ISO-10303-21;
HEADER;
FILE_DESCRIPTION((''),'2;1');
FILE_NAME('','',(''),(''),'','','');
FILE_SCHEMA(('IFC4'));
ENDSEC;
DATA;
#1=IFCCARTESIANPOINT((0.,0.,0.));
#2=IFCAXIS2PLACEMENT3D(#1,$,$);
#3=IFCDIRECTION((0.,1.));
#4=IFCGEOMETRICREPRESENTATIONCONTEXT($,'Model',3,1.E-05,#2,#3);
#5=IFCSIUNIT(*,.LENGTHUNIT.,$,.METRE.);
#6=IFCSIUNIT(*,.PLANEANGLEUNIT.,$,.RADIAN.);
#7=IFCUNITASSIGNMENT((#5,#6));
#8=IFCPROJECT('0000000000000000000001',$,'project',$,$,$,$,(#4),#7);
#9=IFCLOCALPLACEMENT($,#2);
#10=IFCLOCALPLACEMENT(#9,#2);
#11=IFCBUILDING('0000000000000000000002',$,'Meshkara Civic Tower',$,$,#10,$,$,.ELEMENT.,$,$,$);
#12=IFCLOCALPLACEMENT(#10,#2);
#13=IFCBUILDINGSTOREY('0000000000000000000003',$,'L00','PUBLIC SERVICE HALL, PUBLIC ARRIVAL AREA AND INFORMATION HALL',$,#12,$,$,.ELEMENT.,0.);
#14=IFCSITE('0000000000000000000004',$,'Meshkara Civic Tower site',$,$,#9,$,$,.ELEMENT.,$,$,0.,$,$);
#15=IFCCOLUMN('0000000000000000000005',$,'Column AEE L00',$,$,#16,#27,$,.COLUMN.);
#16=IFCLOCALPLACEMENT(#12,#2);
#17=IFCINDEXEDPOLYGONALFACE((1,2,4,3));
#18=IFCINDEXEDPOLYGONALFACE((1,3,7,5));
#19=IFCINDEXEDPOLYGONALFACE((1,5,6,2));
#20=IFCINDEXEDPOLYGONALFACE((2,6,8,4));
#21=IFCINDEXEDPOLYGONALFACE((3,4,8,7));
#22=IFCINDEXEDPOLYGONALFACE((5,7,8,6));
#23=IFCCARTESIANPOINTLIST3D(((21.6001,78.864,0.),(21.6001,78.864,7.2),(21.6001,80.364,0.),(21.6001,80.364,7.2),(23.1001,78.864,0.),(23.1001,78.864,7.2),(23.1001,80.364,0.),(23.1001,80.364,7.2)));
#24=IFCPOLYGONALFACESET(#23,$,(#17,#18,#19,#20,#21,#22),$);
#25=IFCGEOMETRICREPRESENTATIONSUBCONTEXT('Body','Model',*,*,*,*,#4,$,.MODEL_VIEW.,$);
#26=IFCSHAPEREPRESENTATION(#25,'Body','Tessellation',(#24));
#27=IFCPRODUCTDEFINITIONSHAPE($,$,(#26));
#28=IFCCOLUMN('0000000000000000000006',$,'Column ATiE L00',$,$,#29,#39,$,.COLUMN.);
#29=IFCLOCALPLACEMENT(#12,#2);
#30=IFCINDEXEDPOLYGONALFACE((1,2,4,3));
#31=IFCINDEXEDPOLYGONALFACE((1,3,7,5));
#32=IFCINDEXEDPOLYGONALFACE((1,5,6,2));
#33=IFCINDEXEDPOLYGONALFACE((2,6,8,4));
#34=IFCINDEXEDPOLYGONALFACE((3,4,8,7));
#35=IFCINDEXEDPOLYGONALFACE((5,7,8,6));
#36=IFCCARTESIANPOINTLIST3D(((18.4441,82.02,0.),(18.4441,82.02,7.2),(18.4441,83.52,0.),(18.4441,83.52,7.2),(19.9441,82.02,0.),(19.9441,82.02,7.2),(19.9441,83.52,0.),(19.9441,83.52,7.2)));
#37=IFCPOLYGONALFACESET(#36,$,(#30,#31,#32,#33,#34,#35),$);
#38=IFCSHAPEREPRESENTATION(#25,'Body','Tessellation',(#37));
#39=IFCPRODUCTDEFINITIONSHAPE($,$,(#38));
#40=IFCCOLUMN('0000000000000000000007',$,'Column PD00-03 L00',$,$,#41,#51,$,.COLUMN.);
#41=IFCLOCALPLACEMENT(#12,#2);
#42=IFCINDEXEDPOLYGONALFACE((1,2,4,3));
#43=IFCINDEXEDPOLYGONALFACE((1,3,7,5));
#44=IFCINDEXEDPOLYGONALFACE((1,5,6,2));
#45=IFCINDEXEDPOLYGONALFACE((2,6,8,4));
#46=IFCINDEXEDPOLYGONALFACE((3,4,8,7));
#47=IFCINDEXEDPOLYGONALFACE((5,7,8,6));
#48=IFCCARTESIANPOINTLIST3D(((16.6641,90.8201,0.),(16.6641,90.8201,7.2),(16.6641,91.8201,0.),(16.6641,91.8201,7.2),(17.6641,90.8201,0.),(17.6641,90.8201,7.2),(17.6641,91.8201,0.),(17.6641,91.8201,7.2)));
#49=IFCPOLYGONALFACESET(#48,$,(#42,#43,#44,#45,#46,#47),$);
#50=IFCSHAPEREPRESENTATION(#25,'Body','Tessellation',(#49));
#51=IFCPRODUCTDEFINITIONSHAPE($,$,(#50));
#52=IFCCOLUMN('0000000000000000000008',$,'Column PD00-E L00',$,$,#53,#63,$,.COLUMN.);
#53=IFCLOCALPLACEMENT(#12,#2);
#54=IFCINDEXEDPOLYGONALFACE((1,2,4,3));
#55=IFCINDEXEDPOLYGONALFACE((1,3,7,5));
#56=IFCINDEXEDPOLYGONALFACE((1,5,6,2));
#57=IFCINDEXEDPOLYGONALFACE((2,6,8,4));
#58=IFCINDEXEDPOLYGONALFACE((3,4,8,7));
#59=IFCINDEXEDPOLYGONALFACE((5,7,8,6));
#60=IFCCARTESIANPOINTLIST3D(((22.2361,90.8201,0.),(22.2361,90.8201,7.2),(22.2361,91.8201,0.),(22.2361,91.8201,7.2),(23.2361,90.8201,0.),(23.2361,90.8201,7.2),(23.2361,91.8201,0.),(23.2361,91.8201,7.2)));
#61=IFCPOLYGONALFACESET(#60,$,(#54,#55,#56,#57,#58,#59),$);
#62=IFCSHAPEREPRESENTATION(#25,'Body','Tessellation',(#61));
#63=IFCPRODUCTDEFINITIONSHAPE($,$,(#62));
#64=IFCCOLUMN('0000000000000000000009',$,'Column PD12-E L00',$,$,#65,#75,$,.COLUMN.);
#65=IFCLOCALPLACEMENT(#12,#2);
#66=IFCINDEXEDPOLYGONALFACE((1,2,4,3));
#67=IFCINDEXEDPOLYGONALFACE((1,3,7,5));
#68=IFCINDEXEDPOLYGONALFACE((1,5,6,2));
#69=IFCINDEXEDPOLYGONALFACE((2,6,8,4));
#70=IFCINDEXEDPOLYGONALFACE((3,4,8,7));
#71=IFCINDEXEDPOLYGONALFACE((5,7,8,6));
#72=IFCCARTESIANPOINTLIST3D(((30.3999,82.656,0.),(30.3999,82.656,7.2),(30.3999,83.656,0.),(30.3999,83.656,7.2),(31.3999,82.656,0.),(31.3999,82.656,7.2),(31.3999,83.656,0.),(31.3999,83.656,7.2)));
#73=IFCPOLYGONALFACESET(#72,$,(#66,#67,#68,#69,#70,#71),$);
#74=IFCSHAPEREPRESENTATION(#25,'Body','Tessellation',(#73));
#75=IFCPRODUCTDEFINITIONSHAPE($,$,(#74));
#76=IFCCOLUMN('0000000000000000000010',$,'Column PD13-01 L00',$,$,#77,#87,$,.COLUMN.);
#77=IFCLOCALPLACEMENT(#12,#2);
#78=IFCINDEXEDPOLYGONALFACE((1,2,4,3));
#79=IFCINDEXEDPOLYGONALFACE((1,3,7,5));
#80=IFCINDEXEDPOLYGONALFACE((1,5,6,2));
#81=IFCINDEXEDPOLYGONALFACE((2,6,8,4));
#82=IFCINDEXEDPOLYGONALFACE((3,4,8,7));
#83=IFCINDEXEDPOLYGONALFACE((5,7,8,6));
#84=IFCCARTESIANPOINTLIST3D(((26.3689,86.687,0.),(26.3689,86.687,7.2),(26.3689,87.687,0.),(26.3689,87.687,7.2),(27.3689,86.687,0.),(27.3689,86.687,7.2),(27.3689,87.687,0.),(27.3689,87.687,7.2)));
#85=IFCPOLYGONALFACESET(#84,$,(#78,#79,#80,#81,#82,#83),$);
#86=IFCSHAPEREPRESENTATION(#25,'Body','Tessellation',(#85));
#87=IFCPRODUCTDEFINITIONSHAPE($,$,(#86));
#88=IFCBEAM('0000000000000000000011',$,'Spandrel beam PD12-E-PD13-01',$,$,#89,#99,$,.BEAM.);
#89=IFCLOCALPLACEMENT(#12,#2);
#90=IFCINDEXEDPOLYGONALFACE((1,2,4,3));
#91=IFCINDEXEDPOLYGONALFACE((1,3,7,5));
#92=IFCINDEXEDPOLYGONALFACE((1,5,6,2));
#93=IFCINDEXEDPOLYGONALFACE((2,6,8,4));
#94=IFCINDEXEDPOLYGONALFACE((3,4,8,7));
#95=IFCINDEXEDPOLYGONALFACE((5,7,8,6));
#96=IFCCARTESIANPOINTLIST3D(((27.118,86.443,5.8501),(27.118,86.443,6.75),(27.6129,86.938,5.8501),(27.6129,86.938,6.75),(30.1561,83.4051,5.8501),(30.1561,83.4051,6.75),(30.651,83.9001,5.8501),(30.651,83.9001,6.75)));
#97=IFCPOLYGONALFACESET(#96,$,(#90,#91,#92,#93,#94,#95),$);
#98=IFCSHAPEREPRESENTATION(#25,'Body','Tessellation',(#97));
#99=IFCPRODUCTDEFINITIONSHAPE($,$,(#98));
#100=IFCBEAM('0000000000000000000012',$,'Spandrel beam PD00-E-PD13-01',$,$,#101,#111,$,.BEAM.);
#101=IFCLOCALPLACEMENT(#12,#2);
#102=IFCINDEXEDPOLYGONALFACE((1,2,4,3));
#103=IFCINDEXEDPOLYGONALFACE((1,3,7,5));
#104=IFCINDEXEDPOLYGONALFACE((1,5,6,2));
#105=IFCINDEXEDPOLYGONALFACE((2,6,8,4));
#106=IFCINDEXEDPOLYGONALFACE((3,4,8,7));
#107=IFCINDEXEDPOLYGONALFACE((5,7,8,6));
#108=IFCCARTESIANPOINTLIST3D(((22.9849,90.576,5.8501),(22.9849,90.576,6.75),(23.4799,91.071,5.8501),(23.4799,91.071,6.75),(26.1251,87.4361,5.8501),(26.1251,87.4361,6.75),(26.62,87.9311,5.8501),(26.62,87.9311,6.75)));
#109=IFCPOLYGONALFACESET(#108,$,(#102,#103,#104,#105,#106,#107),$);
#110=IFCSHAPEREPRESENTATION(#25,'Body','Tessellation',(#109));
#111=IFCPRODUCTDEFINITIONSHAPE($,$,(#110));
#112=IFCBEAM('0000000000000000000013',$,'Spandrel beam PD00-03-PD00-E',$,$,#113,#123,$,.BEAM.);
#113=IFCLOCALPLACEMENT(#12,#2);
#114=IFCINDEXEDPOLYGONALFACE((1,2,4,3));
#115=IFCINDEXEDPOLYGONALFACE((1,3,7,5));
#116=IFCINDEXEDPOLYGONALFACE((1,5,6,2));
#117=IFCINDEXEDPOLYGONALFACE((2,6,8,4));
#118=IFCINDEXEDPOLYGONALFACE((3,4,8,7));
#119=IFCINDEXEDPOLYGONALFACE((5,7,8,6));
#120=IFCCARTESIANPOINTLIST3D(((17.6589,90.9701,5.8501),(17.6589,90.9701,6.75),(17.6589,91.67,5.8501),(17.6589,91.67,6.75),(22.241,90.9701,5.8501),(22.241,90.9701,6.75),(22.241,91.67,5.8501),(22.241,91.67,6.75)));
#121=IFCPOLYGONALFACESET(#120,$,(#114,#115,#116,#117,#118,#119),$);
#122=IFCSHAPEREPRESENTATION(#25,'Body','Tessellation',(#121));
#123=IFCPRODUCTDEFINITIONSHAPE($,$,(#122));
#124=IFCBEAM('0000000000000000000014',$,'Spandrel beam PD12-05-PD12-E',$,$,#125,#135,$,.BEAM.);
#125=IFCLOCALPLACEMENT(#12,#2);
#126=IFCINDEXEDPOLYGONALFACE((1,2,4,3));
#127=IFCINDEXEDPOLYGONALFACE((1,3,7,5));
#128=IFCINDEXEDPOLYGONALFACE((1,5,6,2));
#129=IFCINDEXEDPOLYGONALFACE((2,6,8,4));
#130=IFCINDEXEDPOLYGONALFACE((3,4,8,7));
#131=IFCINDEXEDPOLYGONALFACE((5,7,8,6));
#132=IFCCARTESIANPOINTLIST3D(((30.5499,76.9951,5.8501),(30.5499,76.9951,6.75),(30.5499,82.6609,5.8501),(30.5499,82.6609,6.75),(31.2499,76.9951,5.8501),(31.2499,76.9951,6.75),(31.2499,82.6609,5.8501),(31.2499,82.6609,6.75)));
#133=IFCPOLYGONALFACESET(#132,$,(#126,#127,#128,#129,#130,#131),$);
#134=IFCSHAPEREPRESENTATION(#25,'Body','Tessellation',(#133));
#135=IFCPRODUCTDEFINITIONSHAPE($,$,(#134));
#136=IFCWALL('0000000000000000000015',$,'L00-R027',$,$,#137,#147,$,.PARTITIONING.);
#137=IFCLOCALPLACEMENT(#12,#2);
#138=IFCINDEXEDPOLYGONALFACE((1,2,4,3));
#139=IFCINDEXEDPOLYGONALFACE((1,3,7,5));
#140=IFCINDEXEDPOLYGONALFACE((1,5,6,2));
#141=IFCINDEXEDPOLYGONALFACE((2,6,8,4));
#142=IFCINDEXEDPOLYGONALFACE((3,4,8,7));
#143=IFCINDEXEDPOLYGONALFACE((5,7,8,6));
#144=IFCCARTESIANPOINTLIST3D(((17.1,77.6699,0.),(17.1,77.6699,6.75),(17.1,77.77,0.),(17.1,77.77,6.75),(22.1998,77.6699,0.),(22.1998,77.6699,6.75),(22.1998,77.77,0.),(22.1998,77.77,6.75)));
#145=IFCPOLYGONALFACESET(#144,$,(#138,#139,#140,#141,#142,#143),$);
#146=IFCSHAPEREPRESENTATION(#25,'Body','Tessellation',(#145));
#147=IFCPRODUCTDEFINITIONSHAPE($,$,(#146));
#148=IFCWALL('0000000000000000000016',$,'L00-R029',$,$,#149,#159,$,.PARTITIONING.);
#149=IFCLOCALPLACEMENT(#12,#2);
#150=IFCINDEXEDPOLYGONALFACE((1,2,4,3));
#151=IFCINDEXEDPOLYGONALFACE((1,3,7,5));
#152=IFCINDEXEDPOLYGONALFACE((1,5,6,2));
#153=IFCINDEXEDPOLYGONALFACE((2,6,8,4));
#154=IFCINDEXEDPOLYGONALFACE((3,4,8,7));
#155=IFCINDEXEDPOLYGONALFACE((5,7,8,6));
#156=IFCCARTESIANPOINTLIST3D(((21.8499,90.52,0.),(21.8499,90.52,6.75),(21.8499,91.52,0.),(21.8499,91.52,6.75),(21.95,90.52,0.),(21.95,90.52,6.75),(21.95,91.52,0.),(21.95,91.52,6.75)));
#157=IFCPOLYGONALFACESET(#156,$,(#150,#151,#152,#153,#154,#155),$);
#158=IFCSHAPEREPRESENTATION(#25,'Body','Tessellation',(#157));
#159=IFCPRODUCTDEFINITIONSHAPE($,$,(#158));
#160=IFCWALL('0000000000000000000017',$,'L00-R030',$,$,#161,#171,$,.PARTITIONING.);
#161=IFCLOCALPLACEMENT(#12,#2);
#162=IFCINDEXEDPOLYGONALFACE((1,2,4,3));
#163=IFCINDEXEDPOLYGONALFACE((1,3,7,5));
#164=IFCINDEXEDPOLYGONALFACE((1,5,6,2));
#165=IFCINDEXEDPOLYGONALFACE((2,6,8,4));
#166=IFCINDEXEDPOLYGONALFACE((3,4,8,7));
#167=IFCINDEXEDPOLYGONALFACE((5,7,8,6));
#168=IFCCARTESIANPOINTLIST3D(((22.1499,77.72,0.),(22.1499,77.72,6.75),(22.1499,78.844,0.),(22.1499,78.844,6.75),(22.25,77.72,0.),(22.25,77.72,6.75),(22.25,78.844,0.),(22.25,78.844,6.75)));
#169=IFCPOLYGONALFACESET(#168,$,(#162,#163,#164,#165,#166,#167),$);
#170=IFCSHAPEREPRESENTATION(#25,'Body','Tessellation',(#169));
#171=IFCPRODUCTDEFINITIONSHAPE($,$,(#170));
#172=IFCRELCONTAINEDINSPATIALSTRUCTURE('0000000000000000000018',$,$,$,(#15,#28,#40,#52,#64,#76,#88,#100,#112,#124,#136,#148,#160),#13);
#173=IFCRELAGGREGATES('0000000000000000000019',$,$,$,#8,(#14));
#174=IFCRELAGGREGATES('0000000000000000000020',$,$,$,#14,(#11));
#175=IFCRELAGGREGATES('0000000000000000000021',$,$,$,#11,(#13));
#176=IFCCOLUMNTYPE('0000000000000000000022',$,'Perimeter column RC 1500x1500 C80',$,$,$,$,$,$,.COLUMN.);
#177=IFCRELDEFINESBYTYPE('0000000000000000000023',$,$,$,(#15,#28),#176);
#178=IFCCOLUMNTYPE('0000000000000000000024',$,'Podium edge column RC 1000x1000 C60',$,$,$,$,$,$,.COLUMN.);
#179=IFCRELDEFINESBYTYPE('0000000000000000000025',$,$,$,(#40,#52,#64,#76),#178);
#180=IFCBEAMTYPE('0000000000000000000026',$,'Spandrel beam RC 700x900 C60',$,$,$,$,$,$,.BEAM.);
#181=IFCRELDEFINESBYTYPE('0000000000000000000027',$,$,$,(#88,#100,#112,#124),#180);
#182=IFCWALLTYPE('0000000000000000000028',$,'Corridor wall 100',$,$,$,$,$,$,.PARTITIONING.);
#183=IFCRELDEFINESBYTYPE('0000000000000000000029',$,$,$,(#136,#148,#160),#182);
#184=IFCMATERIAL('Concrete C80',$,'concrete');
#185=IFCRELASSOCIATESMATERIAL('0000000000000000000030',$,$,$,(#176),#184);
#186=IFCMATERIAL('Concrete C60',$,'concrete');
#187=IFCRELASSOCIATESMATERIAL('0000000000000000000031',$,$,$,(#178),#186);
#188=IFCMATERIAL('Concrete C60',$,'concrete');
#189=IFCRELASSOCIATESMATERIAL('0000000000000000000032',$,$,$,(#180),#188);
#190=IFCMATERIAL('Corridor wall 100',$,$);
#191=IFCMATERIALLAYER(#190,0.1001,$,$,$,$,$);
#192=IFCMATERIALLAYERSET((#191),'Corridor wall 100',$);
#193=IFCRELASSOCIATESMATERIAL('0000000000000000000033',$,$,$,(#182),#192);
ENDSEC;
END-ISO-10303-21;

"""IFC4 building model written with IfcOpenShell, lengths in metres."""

from ifc_helpers import new_model, si_unit, direction, frame, frame_2d, origin, origin_2d, place, context, subcontext, project, spatial, rectangle, extrude, material, layer, layer_set, material_profile, profile_set, type_object, element, save


model = new_model("IFC4")

# Units and contexts
model_context = context("Model", 3, precision=1e-05, world=origin(), true_north=direction((0.0, 1.0)))
body_context = subcontext(model_context, "Body", "Model", "MODEL_VIEW")
ifc_project = project(units=[si_unit("LENGTHUNIT", "METRE"), si_unit("PLANEANGLEUNIT", "RADIAN")], contexts=[model_context])

# Site, building, storey
site_placement = place(None, origin())
site = spatial("IfcSite", under=ifc_project, at=site_placement, Name="Meshkara Civic Tower site", CompositionType="ELEMENT", RefElevation=0.0)
building_placement = place(site_placement, origin())
building = spatial("IfcBuilding", under=site, at=building_placement, Name="Meshkara Civic Tower", CompositionType="ELEMENT")
storey_placement = place(building_placement, origin())
storey = spatial("IfcBuildingStorey", under=building, at=storey_placement, Name="L00", Description="PUBLIC SERVICE HALL, PUBLIC ARRIVAL AREA AND INFORMATION HALL", CompositionType="ELEMENT", Elevation=0.0)

# Columns
ifc_material_1 = material(Name="Concrete C80", Category="concrete")
ifc_material_profile_1 = material_profile(ifc_material_1, rectangle(XDim=1.5, YDim=1.5, at=origin_2d()))
ifc_profile_set_1 = profile_set([ifc_material_profile_1], Name="Concrete C80")
column_type_1 = type_object("IfcColumnType", Name="Perimeter column RC 1500x1500 C80", PredefinedType="COLUMN", material=ifc_profile_set_1)
for number, where, z_axis, x_axis, name in (
    (1, (22.3501, 79.614, 0.0), (0.0, 0.0, 1.0), (1.0, 0.0, 0.0), "Column AEE L00"),
    (2, (19.1941, 82.77, 0.0), (0.0, 0.0, 1.0), (1.0, 0.0, 0.0), "Column ATiE L00"),
):
    element("IfcColumn", number, at=place(storey_placement, frame(where, z_axis=z_axis, x_axis=x_axis)), inside=storey, type_object=column_type_1, Name=name, PredefinedType="COLUMN", context=body_context, shape_type="SweptSolid", body=[
        extrude(rectangle(XDim=1.5, YDim=1.5, at=origin_2d()), origin(), (0.0, 0.0, 1.0), 7.2),
    ])
ifc_material_2 = material(Name="Concrete C60", Category="concrete")
ifc_material_profile_2 = material_profile(ifc_material_2, rectangle(XDim=1.0, YDim=1.0, at=origin_2d()))
ifc_profile_set_2 = profile_set([ifc_material_profile_2], Name="Concrete C60")
column_type_2 = type_object("IfcColumnType", Name="Podium edge column RC 1000x1000 C60", PredefinedType="COLUMN", material=ifc_profile_set_2)
for number, where, z_axis, x_axis, name in (
    (3, (17.1641, 91.3201, 0.0), (0.0, 0.0, 1.0), (1.0, 0.0, 0.0), "Column PD00-03 L00"),
    (4, (22.7361, 91.3201, 0.0), (0.0, 0.0, 1.0), (1.0, 0.0, 0.0), "Column PD00-E L00"),
    (5, (30.8999, 83.156, 0.0), (0.0, 0.0, 1.0), (1.0, 0.0, 0.0), "Column PD12-E L00"),
    (6, (26.8689, 87.187, 0.0), (0.0, 0.0, 1.0), (1.0, 0.0, 0.0), "Column PD13-01 L00"),
):
    element("IfcColumn", number, at=place(storey_placement, frame(where, z_axis=z_axis, x_axis=x_axis)), inside=storey, type_object=column_type_2, Name=name, PredefinedType="COLUMN", context=body_context, shape_type="SweptSolid", body=[
        extrude(rectangle(XDim=1.0, YDim=1.0, at=origin_2d()), origin(), (0.0, 0.0, 1.0), 7.2),
    ])

# Beams
ifc_material_3 = material(Name="Concrete C60", Category="concrete")
ifc_material_profile_3 = material_profile(ifc_material_3, rectangle(XDim=0.7, YDim=0.8999, at=origin_2d()))
ifc_profile_set_3 = profile_set([ifc_material_profile_3], Name="Concrete C60")
beam_type = type_object("IfcBeamType", Name="Spandrel beam RC 700x900 C60", PredefinedType="BEAM", material=ifc_profile_set_3)
beam_1_placement = place(storey_placement, frame((30.4036, 83.6526, 6.3), z_axis=(-0.707135, 0.707078, 0.0), x_axis=(-0.707078, -0.707135, 0.0)))
element("IfcBeam", 7, at=beam_1_placement, inside=storey, type_object=beam_type, Name="Spandrel beam PD12-E-PD13-01", PredefinedType="BEAM", context=body_context, shape_type="SweptSolid", body=[
    extrude(rectangle(XDim=0.7, YDim=0.8999, at=origin_2d()), origin(), (0.0, 0.0, 1.0), 4.2964),
])
beam_2_placement = place(storey_placement, frame((26.3726, 87.6836, 6.3), z_axis=(-0.707134, 0.707079, 0.0), x_axis=(-0.707079, -0.707134, 0.0)))
element("IfcBeam", 8, at=beam_2_placement, inside=storey, type_object=beam_type, Name="Spandrel beam PD00-E-PD13-01", PredefinedType="BEAM", context=body_context, shape_type="SweptSolid", body=[
    extrude(rectangle(XDim=0.7, YDim=0.8999, at=origin_2d()), origin(), (0.0, 0.0, 1.0), 4.4407),
])
beam_3_placement = place(storey_placement, frame((22.241, 91.3201, 6.3), z_axis=(-1.0, 0.0, 0.0), x_axis=(0.0, -1.0, 0.0)))
element("IfcBeam", 9, at=beam_3_placement, inside=storey, type_object=beam_type, Name="Spandrel beam PD00-03-PD00-E", PredefinedType="BEAM", context=body_context, shape_type="SweptSolid", body=[
    extrude(rectangle(XDim=0.7, YDim=0.8999, at=origin_2d()), origin(), (0.0, 0.0, 1.0), 4.582),
])
beam_4_placement = place(storey_placement, frame((30.8999, 76.9951, 6.3), z_axis=(0.0, 1.0, 0.0), x_axis=(-1.0, 0.0, 0.0)))
element("IfcBeam", 10, at=beam_4_placement, inside=storey, type_object=beam_type, Name="Spandrel beam PD12-05-PD12-E", PredefinedType="BEAM", context=body_context, shape_type="SweptSolid", body=[
    extrude(rectangle(XDim=0.7, YDim=0.8999, at=origin_2d()), origin(), (0.0, 0.0, 1.0), 5.6658),
])

# Walls
ifc_material_4 = material(Name="Corridor wall 100")
ifc_layer_1 = layer(ifc_material_4, 0.1001)
ifc_layer_set_1 = layer_set([ifc_layer_1], Name="Corridor wall 100")
wall_type_1 = type_object("IfcWallType", Name="Corridor wall 100", PredefinedType="PARTITIONING", material=ifc_layer_set_1)
wall_1_placement = place(storey_placement, frame((17.1001, 77.72, 0.0), z_axis=(0.0, 0.0, 1.0), x_axis=(1.0, 0.0, 0.0)))
element("IfcWall", 11, at=wall_1_placement, inside=storey, type_object=wall_type_1, Name="L00-R027", PredefinedType="PARTITIONING", context=body_context, shape_type="SweptSolid", body=[
    extrude(rectangle(XDim=5.0999, YDim=0.1001, at=frame_2d((2.5498, 0.0))), origin(), (0.0, 0.0, 1.0), 6.75),
])
wall_2_placement = place(storey_placement, frame((21.8999, 90.52, 0.0), z_axis=(0.0, 0.0, 1.0), x_axis=(0.0, 1.0, 0.0)))
element("IfcWall", 12, at=wall_2_placement, inside=storey, type_object=wall_type_1, Name="L00-R029", PredefinedType="PARTITIONING", context=body_context, shape_type="SweptSolid", body=[
    extrude(rectangle(XDim=1.0, YDim=0.1001, at=frame_2d((0.5, 0.0))), origin(), (0.0, 0.0, 1.0), 6.75),
])
wall_3_placement = place(storey_placement, frame((22.2, 77.72, 0.0), z_axis=(0.0, 0.0, 1.0), x_axis=(0.0, 1.0, 0.0)))
element("IfcWall", 13, at=wall_3_placement, inside=storey, type_object=wall_type_1, Name="L00-R030", PredefinedType="PARTITIONING", context=body_context, shape_type="SweptSolid", body=[
    extrude(rectangle(XDim=1.124, YDim=0.1001, at=frame_2d((0.562, 0.0))), origin(), (0.0, 0.0, 1.0), 6.75),
])

save(model, "model.ifc")
